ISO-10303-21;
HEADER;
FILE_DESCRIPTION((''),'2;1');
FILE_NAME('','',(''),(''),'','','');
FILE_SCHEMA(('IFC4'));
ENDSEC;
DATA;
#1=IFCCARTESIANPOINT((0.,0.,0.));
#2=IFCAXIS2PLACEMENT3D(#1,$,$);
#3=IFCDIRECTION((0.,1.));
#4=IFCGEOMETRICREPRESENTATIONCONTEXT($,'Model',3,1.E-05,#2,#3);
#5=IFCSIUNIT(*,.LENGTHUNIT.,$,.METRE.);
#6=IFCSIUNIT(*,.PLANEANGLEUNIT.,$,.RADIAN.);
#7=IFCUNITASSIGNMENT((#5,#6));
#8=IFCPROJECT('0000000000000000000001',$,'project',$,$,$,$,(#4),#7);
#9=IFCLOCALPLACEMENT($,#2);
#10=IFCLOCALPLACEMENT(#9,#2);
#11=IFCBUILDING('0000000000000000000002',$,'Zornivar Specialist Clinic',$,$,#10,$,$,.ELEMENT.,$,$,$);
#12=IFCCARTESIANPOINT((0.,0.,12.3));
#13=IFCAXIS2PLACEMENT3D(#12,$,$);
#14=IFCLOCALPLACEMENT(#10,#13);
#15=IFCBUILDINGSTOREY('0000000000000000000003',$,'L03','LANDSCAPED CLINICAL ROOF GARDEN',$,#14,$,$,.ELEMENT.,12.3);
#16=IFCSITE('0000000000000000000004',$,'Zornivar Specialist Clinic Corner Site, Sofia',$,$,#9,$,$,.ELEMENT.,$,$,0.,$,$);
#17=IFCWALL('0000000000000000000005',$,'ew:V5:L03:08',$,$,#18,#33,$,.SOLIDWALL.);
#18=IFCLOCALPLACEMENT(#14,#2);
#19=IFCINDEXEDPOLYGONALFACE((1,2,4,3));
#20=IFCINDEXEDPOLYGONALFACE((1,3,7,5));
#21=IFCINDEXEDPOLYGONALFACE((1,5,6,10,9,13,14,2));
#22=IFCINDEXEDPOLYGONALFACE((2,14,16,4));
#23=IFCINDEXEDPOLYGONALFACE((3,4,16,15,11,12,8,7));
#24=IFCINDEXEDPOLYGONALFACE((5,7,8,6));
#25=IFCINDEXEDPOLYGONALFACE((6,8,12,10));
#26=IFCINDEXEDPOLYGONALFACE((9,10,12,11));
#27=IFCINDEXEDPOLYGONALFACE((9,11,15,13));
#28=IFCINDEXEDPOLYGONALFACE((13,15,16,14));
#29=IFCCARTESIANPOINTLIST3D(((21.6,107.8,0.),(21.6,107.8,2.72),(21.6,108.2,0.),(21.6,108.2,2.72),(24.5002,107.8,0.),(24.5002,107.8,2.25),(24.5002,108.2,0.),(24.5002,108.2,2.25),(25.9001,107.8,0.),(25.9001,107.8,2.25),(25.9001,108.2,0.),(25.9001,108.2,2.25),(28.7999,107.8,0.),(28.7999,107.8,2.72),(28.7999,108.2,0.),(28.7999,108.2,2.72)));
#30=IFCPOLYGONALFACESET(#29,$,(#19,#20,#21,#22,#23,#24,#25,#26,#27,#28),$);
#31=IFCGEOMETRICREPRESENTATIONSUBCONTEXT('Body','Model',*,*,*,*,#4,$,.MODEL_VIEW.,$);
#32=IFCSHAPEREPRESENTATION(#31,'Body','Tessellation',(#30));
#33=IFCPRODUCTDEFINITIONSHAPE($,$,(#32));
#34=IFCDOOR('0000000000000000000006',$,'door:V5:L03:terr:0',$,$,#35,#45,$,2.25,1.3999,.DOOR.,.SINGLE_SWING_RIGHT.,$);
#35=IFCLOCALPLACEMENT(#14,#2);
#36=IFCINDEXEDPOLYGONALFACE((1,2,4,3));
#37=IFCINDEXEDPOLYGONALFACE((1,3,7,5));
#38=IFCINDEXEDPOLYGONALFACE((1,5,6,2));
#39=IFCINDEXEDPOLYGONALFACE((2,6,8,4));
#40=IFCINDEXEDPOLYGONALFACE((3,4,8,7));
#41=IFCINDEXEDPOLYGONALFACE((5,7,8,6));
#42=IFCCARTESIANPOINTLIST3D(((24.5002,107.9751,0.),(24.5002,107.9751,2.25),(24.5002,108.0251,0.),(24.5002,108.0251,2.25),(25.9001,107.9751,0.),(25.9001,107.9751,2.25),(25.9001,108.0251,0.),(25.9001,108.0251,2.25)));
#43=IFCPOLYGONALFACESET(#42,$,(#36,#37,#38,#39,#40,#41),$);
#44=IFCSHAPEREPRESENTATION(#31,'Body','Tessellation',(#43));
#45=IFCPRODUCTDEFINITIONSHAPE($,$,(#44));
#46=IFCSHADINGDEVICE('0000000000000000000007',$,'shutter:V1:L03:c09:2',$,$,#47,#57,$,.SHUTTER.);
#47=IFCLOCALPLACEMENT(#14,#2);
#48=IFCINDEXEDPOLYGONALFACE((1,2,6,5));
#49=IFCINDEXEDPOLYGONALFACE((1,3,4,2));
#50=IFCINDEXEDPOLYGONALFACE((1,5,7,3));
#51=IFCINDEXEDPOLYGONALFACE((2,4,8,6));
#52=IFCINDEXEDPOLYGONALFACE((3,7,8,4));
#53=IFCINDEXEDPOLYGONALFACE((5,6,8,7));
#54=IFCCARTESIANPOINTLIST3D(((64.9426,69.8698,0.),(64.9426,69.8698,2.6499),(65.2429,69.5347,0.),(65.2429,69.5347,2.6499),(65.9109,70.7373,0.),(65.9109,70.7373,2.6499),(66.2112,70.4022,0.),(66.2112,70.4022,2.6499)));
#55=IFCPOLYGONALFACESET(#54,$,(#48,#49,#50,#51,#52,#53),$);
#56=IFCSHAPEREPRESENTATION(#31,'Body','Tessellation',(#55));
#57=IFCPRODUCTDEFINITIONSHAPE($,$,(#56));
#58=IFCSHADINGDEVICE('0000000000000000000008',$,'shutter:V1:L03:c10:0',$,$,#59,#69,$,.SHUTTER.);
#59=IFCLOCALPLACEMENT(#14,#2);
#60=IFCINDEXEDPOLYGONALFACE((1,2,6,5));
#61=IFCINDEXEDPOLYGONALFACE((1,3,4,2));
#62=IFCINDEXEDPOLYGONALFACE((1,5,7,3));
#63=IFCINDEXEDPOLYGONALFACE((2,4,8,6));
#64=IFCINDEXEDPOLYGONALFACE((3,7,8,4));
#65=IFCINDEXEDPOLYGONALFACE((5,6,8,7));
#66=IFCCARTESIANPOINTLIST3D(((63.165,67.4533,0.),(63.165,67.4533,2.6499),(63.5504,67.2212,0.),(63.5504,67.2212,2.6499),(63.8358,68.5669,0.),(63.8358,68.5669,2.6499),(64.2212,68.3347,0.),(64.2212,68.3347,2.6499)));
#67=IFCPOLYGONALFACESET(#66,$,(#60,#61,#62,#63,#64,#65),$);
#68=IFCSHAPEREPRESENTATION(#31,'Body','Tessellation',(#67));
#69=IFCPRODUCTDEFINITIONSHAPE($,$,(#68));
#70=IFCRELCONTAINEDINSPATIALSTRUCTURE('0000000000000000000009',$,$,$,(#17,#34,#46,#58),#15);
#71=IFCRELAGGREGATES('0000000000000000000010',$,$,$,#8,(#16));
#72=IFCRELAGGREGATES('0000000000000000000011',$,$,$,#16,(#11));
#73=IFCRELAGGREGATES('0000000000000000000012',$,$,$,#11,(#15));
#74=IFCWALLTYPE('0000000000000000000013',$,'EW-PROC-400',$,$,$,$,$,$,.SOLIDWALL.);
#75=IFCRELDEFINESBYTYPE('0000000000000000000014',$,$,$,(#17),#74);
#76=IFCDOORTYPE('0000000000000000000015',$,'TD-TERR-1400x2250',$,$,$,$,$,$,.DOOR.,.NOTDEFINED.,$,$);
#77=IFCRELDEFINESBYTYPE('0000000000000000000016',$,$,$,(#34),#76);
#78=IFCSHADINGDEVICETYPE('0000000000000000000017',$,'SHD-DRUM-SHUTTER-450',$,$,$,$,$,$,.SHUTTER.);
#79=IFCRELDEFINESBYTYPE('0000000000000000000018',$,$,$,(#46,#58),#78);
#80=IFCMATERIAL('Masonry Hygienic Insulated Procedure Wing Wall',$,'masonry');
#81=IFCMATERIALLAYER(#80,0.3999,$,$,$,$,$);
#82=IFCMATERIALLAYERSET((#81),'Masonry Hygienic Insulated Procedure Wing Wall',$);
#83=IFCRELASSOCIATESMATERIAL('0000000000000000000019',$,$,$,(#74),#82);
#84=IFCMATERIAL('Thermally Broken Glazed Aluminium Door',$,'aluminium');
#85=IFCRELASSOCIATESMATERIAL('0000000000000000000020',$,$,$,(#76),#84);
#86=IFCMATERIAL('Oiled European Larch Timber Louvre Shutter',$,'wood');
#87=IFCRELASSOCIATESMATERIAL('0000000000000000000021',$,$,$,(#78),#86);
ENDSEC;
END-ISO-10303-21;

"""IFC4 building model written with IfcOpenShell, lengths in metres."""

from ifc_helpers import new_model, si_unit, direction, frame, frame_2d, origin, origin_2d, place, context, subcontext, project, spatial, rectangle, extrude, material, layer, layer_set, type_object, element, fill, save


model = new_model("IFC4")

# Units and contexts
model_context = context("Model", 3, precision=1e-05, world=origin(), true_north=direction((0.0, 1.0)))
body_context = subcontext(model_context, "Body", "Model", "MODEL_VIEW")
ifc_project = project(units=[si_unit("LENGTHUNIT", "METRE"), si_unit("PLANEANGLEUNIT", "RADIAN")], contexts=[model_context])

# Site, building, storey
site_placement = place(None, origin())
site = spatial("IfcSite", under=ifc_project, at=site_placement, Name="Zornivar Specialist Clinic Corner Site, Sofia", CompositionType="ELEMENT", RefElevation=0.0)
building_placement = place(site_placement, origin())
building = spatial("IfcBuilding", under=site, at=building_placement, Name="Zornivar Specialist Clinic", CompositionType="ELEMENT")
storey_placement = place(building_placement, frame((0.0, 0.0, 12.3)))
storey = spatial("IfcBuildingStorey", under=building, at=storey_placement, Name="L03", Description="LANDSCAPED CLINICAL ROOF GARDEN", CompositionType="ELEMENT", Elevation=12.3)

# Shared definitions
ifc_material_1 = material(Name="Masonry Hygienic Insulated Procedure Wing Wall", Category="masonry")
ifc_layer_1 = layer(ifc_material_1, 0.3999)
ifc_layer_set_1 = layer_set([ifc_layer_1], Name="Masonry Hygienic Insulated Procedure Wing Wall")
wall_type = type_object("IfcWallType", Name="EW-PROC-400", PredefinedType="SOLIDWALL", material=ifc_layer_set_1)

# Wall, opening, door
wall_1_placement = place(storey_placement, frame((28.8, 108.0, 0.0), z_axis=(0.0, 0.0, 1.0), x_axis=(-1.0, 0.0, 0.0)))
wall_1 = element("IfcWall", 1, at=wall_1_placement, inside=storey, type_object=wall_type, Name="ew:V5:L03:08", PredefinedType="SOLIDWALL", context=body_context, shape_type="SweptSolid", body=[
    extrude(rectangle(XDim=7.2, YDim=0.3999, at=frame_2d((3.6001, 0.0))), origin(), (0.0, 0.0, 1.0), 2.72),
])
opening_1_placement = place(wall_1_placement, frame((2.8999, 0.0, 0.0)))
opening_1 = element("IfcOpeningElement", 2, at=opening_1_placement, cuts=wall_1, PredefinedType="OPENING", context=body_context, shape_type="SweptSolid", body=[
    extrude(rectangle(XDim=1.3999, YDim=2.25, at=frame_2d((0.7, 1.125))), frame((0.0, 0.21, 0.0), z_axis=(0.0, -1.0, 0.0), x_axis=(1.0, 0.0, 0.0)), (0.0, 0.0, 1.0), 0.4199),
])
ifc_material_2 = material(Name="Thermally Broken Glazed Aluminium Door", Category="aluminium")
door_type = type_object("IfcDoorType", Name="TD-TERR-1400x2250", OperationType="NOTDEFINED", PredefinedType="DOOR", material=ifc_material_2)
door_placement = place(opening_1_placement, origin())
door = element("IfcDoor", 3, at=door_placement, inside=storey, type_object=door_type, Name="door:V5:L03:terr:0", OperationType="SINGLE_SWING_RIGHT", OverallHeight=2.25, OverallWidth=1.3999, PredefinedType="DOOR", context=body_context, shape_type="SweptSolid", body=[
    extrude(rectangle(XDim=1.3999, YDim=2.25, at=frame_2d((0.7, 1.125))), frame((0.0, 0.0249, 0.0), z_axis=(0.0, -1.0, 0.0), x_axis=(1.0, 0.0, 0.0)), (0.0, 0.0, 1.0), 0.05),
])
fill(opening_1, door)

# Shading devices
ifc_material_3 = material(Name="Oiled European Larch Timber Louvre Shutter", Category="wood")
shading_device_type = type_object("IfcShadingDeviceType", Name="SHD-DRUM-SHUTTER-450", PredefinedType="SHUTTER", material=ifc_material_3)
for number, where, z_axis, x_axis, name in (
    (4, (65.5769, 70.136, 0.0), (0.0, 0.0, 1.0), (-0.744797, -0.667291, 0.0), "shutter:V1:L03:c09:2"),
    (5, (63.6931, 67.894, 0.0), (0.0, 0.0, 1.0), (-0.516018, -0.856578, 0.0), "shutter:V1:L03:c10:0"),
):
    element("IfcShadingDevice", number, at=place(storey_placement, frame(where, z_axis=z_axis, x_axis=x_axis)), inside=storey, type_object=shading_device_type, Name=name, PredefinedType="SHUTTER", context=body_context, shape_type="SweptSolid", body=[
        extrude(rectangle(XDim=1.3, YDim=0.45, at=origin_2d()), origin(), (0.0, 0.0, 1.0), 2.6499),
    ])

save(model, "model.ifc")
